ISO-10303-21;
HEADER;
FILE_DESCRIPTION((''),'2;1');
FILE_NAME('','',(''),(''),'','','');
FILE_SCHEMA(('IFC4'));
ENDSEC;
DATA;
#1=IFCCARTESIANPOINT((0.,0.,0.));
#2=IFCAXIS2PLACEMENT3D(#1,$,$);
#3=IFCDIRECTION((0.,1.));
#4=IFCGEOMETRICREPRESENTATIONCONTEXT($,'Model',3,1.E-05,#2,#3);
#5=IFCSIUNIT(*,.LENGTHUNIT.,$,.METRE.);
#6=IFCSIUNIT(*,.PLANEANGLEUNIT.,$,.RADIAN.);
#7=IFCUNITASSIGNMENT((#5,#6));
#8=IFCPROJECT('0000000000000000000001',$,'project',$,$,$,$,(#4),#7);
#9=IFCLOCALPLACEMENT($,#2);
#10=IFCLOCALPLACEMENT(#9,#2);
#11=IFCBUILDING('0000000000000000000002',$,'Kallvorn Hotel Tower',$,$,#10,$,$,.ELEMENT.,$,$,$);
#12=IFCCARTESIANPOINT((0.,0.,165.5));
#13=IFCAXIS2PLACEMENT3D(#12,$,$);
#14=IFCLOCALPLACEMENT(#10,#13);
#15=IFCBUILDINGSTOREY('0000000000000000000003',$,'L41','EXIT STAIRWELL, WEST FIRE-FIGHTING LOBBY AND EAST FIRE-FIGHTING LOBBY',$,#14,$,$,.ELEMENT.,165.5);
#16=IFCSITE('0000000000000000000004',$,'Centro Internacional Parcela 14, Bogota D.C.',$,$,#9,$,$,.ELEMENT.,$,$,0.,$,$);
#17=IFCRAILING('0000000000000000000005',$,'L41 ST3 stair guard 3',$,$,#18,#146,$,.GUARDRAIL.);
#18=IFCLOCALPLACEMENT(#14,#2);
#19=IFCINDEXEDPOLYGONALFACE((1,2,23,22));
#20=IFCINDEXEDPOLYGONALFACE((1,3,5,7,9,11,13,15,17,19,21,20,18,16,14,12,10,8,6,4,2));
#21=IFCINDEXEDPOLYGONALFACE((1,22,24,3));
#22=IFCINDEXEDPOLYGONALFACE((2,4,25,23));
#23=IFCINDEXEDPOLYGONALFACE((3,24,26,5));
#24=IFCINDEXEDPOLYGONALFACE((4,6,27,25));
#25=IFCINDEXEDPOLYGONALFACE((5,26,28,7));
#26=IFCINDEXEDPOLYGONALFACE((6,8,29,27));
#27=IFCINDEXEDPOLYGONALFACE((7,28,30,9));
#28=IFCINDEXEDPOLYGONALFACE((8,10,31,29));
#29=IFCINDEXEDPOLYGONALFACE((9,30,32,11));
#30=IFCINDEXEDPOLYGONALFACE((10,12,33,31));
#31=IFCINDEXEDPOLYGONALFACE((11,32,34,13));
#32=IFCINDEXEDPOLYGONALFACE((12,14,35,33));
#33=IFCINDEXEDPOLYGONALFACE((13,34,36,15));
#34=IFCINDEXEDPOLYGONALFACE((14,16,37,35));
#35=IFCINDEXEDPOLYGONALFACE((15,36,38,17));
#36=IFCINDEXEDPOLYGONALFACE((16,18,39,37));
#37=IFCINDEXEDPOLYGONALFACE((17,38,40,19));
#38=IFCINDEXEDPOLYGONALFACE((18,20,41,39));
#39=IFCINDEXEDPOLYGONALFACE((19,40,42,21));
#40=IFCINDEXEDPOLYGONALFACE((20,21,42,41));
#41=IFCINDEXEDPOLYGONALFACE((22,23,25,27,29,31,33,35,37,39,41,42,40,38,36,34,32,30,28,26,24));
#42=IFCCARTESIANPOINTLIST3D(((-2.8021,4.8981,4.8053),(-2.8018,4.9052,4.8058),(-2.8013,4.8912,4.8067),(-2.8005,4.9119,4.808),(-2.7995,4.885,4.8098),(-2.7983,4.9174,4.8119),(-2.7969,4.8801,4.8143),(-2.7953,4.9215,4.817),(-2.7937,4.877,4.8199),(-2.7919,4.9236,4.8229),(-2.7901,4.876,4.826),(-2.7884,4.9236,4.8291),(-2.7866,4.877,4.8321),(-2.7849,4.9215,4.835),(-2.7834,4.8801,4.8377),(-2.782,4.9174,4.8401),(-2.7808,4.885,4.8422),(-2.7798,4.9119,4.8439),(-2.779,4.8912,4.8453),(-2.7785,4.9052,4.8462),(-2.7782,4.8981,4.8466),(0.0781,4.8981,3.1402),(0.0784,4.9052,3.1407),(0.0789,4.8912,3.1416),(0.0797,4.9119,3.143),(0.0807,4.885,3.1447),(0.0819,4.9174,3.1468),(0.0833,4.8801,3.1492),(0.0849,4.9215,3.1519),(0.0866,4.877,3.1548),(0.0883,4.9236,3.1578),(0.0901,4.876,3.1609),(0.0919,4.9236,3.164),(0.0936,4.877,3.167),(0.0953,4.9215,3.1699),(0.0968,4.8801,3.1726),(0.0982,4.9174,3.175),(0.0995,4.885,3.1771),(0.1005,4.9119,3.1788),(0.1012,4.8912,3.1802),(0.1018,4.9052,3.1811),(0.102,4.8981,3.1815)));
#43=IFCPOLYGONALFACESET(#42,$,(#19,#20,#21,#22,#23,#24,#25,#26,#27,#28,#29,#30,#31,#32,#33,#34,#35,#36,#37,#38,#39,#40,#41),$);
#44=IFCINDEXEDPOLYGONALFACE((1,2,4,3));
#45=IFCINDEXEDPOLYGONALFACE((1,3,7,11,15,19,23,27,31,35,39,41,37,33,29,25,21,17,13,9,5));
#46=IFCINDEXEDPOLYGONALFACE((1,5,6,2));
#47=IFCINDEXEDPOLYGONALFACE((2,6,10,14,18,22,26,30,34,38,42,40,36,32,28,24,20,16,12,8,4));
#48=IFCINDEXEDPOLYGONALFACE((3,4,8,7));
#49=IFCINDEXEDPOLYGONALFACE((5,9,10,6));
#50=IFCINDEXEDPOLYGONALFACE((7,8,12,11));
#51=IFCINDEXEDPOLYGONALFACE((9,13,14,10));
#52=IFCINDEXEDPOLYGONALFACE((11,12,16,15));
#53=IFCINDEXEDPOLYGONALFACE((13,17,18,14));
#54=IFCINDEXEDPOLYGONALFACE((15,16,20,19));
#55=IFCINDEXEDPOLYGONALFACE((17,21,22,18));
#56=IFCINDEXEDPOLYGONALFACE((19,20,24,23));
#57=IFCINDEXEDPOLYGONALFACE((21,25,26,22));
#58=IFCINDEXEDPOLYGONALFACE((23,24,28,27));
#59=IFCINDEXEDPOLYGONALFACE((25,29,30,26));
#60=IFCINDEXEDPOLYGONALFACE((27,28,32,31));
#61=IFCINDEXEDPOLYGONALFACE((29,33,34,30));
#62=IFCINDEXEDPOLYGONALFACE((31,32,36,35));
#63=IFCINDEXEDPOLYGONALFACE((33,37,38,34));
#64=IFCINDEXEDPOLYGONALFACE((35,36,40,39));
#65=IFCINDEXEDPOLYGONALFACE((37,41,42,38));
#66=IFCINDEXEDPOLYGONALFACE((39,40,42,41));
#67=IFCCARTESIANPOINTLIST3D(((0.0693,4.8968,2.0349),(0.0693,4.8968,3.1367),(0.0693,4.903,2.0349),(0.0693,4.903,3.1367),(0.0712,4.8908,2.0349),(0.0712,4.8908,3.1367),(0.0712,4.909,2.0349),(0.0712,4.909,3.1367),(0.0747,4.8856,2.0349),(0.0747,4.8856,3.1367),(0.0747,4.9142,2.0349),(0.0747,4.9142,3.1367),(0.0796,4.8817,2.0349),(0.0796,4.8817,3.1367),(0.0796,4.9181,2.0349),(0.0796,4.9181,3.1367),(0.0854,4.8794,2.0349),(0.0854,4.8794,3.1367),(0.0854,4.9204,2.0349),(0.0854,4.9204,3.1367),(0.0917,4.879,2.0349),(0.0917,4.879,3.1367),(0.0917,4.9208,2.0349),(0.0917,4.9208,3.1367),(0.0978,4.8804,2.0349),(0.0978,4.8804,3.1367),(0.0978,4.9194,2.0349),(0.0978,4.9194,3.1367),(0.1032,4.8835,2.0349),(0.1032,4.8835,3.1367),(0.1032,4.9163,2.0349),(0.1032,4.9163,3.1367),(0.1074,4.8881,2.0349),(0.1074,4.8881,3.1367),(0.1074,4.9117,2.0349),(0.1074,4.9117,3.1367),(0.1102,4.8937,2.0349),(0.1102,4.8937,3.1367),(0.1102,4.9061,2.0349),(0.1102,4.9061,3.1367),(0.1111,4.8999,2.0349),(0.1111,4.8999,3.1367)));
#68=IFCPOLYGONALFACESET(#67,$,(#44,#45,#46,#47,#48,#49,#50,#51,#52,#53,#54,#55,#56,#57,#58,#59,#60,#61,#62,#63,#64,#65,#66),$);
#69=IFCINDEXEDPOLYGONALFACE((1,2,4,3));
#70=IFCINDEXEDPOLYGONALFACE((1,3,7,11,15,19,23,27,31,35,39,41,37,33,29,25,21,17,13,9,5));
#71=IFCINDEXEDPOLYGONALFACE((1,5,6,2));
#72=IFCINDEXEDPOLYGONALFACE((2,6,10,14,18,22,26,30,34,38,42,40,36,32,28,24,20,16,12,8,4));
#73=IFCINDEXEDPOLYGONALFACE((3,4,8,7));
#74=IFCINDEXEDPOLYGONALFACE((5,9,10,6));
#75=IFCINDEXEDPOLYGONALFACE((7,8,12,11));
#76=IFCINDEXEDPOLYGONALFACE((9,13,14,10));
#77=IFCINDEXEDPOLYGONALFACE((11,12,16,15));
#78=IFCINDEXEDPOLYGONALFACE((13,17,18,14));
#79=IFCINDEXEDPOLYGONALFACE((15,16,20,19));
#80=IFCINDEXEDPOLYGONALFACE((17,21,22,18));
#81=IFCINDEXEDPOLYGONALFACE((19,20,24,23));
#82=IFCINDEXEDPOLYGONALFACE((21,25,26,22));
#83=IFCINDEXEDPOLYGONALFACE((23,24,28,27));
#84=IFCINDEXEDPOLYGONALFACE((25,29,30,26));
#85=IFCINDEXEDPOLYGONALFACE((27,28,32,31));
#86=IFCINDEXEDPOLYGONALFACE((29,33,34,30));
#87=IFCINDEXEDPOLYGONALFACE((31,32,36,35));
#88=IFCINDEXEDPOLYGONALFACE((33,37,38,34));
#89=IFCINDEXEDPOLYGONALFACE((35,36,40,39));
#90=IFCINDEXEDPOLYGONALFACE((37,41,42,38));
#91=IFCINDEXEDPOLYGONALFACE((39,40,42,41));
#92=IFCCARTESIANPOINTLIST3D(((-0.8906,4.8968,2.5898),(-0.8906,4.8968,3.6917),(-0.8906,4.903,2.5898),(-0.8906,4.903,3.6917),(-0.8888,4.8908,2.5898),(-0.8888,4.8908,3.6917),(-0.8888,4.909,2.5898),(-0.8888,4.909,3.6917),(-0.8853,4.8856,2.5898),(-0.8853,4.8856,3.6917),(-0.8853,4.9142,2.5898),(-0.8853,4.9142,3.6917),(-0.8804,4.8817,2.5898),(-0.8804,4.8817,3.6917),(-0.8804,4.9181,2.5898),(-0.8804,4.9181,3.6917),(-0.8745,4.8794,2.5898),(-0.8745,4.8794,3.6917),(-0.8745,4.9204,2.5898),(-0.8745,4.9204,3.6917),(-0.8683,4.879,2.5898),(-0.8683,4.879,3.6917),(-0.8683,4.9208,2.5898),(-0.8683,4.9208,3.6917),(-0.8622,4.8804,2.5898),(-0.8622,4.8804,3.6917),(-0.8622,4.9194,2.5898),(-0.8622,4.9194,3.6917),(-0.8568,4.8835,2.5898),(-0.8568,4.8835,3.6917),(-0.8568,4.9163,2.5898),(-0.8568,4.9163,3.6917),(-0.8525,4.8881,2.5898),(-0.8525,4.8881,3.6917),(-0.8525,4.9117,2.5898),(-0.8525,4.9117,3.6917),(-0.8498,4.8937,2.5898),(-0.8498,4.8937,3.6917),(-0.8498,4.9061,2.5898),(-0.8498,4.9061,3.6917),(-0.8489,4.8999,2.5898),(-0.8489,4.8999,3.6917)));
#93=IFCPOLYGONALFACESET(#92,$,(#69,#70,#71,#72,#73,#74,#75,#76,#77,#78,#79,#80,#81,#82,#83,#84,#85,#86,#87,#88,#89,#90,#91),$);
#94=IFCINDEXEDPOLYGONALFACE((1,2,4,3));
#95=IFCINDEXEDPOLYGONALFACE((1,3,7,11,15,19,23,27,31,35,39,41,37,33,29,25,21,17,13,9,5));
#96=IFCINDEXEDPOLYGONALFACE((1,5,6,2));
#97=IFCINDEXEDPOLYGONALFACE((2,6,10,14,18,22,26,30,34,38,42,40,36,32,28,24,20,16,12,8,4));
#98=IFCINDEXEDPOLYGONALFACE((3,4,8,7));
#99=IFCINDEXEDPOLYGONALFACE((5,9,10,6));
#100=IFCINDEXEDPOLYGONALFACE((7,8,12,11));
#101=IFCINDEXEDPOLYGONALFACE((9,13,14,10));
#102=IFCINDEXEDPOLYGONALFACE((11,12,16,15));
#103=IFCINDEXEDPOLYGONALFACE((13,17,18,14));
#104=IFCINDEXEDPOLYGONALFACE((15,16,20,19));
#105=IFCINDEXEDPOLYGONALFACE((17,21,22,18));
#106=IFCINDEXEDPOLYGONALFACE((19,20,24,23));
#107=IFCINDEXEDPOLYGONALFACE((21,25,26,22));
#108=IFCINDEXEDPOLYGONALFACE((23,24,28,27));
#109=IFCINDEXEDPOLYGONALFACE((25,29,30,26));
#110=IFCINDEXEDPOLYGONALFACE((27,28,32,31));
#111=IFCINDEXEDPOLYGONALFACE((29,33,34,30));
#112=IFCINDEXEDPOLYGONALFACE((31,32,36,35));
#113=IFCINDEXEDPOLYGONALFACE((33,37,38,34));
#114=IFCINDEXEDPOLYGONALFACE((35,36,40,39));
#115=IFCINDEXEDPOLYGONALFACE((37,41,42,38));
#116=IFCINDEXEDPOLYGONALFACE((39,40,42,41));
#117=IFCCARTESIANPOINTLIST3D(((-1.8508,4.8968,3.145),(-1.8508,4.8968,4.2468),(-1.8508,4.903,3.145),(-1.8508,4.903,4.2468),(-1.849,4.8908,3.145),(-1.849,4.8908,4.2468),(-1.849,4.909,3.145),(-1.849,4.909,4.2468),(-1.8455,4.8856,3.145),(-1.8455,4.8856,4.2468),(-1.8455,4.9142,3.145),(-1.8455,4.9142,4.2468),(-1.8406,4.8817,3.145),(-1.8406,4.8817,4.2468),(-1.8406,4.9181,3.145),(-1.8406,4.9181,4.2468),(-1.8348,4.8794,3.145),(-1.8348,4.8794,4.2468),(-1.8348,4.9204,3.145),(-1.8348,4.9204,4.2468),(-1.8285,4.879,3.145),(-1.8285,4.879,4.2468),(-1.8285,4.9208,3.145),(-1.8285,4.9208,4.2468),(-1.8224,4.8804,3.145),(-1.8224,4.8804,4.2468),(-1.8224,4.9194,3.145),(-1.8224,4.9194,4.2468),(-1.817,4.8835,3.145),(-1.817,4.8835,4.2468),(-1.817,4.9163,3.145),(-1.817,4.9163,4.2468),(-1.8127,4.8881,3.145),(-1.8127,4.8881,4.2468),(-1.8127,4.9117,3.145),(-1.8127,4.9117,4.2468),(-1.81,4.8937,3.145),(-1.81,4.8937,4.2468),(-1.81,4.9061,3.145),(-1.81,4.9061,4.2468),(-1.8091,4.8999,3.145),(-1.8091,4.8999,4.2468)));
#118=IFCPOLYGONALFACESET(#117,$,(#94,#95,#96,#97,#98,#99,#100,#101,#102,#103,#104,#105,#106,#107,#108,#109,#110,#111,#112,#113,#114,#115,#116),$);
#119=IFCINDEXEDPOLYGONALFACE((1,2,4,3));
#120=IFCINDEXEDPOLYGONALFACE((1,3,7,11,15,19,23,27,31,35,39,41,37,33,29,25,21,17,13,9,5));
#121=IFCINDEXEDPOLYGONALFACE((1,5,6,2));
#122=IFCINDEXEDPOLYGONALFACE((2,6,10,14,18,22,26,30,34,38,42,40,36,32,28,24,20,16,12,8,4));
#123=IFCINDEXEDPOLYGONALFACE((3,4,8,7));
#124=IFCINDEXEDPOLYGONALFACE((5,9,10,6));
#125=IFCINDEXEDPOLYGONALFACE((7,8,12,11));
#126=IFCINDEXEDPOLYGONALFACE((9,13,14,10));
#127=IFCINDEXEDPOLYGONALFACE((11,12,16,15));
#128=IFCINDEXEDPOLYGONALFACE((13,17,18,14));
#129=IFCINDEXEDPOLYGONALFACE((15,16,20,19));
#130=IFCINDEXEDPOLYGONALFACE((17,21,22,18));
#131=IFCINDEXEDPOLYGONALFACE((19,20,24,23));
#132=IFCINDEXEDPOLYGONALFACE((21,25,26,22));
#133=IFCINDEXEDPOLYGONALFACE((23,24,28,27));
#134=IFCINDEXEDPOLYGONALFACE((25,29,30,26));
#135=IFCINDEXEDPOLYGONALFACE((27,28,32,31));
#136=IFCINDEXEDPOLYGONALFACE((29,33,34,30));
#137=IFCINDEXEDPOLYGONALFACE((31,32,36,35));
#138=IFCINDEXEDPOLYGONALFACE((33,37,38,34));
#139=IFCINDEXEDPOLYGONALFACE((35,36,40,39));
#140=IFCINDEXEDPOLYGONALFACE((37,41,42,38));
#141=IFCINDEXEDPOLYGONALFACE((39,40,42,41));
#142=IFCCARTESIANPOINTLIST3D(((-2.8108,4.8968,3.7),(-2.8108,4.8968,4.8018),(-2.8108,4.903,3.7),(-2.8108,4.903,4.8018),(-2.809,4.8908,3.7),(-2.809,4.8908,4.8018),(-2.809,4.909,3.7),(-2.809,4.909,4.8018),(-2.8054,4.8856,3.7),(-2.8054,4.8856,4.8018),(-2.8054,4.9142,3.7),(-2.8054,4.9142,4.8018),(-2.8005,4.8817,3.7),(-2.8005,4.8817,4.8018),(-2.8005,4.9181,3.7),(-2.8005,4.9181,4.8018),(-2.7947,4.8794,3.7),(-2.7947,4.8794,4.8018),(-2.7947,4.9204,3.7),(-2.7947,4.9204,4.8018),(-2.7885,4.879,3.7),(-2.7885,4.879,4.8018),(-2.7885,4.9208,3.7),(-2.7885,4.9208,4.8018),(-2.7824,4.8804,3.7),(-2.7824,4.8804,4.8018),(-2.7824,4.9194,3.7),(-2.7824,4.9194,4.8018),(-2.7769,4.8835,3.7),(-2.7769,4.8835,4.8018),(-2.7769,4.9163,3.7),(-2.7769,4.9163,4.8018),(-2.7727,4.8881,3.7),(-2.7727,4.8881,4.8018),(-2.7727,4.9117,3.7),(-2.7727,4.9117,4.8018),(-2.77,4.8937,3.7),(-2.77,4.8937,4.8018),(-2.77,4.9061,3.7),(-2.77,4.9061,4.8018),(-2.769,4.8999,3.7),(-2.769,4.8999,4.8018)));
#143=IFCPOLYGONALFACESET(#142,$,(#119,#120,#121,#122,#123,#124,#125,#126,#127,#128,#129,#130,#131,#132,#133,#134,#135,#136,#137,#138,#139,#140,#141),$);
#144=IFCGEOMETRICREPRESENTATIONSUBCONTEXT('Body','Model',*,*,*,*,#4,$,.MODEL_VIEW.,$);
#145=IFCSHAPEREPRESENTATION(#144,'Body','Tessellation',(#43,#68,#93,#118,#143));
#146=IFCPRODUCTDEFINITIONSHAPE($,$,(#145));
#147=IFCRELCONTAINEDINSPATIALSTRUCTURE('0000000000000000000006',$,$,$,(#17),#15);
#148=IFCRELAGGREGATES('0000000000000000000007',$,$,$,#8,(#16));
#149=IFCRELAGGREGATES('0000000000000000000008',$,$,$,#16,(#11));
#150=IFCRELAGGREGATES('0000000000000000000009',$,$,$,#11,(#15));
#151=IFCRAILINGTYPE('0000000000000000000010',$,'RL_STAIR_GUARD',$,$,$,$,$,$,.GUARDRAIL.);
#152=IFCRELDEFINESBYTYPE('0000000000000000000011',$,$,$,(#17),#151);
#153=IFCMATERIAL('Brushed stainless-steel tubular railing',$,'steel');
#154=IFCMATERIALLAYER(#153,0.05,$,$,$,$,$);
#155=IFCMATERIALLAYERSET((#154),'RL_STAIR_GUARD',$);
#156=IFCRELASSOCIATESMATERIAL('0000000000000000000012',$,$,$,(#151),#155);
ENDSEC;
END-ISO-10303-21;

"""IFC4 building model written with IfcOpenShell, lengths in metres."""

from ifc_helpers import new_model, si_unit, direction, frame, origin, origin_2d, place, context, subcontext, project, spatial, circle, extrude, material, layer, layer_set, type_object, element, save


model = new_model("IFC4")

# Units and contexts
model_context = context("Model", 3, precision=1e-05, world=origin(), true_north=direction((0.0, 1.0)))
body_context = subcontext(model_context, "Body", "Model", "MODEL_VIEW")
ifc_project = project(units=[si_unit("LENGTHUNIT", "METRE"), si_unit("PLANEANGLEUNIT", "RADIAN")], contexts=[model_context])

# Site, building, storey
site_placement = place(None, origin())
site = spatial("IfcSite", under=ifc_project, at=site_placement, Name="Centro Internacional Parcela 14, Bogota D.C.", CompositionType="ELEMENT", RefElevation=0.0)
building_placement = place(site_placement, origin())
building = spatial("IfcBuilding", under=site, at=building_placement, Name="Kallvorn Hotel Tower", CompositionType="ELEMENT")
storey_placement = place(building_placement, frame((0.0, 0.0, 165.5)))
storey = spatial("IfcBuildingStorey", under=building, at=storey_placement, Name="L41", Description="EXIT STAIRWELL, WEST FIRE-FIGHTING LOBBY AND EAST FIRE-FIGHTING LOBBY", CompositionType="ELEMENT", Elevation=165.5)

# Railing
ifc_material_1 = material(Name="Brushed stainless-steel tubular railing", Category="steel")
ifc_layer_1 = layer(ifc_material_1, 0.05)
ifc_layer_set_1 = layer_set([ifc_layer_1], Name="RL_STAIR_GUARD")
railing_type_1 = type_object("IfcRailingType", Name="RL_STAIR_GUARD", PredefinedType="GUARDRAIL", material=ifc_layer_set_1)
railing_1_placement = place(storey_placement, frame((0.0901, 4.8999, 2.0349)))
element("IfcRailing", 1, at=railing_1_placement, inside=storey, type_object=railing_type_1, Name="L41 ST3 stair guard 3", PredefinedType="GUARDRAIL", context=body_context, shape_type="SweptSolid", body=[
    extrude(circle(Radius=0.0239, at=origin_2d()), frame((0.0, 0.0, 1.126), z_axis=(-0.865739, 0.0, 0.500495), x_axis=(0.0, -1.0, 0.0)), (0.0, 0.0, 1.0), 3.3269),
    extrude(circle(Radius=0.021, at=origin_2d()), origin(), (0.0, 0.0, 1.0), 1.1018),
    extrude(circle(Radius=0.021, at=origin_2d()), frame((-0.96, 0.0, 0.5549)), (0.0, 0.0, 1.0), 1.1018),
    extrude(circle(Radius=0.021, at=origin_2d()), frame((-1.9202, 0.0, 1.1101)), (0.0, 0.0, 1.0), 1.1018),
    extrude(circle(Radius=0.021, at=origin_2d()), frame((-2.8801, 0.0, 1.665)), (0.0, 0.0, 1.0), 1.1018),
])

save(model, "model.ifc")
